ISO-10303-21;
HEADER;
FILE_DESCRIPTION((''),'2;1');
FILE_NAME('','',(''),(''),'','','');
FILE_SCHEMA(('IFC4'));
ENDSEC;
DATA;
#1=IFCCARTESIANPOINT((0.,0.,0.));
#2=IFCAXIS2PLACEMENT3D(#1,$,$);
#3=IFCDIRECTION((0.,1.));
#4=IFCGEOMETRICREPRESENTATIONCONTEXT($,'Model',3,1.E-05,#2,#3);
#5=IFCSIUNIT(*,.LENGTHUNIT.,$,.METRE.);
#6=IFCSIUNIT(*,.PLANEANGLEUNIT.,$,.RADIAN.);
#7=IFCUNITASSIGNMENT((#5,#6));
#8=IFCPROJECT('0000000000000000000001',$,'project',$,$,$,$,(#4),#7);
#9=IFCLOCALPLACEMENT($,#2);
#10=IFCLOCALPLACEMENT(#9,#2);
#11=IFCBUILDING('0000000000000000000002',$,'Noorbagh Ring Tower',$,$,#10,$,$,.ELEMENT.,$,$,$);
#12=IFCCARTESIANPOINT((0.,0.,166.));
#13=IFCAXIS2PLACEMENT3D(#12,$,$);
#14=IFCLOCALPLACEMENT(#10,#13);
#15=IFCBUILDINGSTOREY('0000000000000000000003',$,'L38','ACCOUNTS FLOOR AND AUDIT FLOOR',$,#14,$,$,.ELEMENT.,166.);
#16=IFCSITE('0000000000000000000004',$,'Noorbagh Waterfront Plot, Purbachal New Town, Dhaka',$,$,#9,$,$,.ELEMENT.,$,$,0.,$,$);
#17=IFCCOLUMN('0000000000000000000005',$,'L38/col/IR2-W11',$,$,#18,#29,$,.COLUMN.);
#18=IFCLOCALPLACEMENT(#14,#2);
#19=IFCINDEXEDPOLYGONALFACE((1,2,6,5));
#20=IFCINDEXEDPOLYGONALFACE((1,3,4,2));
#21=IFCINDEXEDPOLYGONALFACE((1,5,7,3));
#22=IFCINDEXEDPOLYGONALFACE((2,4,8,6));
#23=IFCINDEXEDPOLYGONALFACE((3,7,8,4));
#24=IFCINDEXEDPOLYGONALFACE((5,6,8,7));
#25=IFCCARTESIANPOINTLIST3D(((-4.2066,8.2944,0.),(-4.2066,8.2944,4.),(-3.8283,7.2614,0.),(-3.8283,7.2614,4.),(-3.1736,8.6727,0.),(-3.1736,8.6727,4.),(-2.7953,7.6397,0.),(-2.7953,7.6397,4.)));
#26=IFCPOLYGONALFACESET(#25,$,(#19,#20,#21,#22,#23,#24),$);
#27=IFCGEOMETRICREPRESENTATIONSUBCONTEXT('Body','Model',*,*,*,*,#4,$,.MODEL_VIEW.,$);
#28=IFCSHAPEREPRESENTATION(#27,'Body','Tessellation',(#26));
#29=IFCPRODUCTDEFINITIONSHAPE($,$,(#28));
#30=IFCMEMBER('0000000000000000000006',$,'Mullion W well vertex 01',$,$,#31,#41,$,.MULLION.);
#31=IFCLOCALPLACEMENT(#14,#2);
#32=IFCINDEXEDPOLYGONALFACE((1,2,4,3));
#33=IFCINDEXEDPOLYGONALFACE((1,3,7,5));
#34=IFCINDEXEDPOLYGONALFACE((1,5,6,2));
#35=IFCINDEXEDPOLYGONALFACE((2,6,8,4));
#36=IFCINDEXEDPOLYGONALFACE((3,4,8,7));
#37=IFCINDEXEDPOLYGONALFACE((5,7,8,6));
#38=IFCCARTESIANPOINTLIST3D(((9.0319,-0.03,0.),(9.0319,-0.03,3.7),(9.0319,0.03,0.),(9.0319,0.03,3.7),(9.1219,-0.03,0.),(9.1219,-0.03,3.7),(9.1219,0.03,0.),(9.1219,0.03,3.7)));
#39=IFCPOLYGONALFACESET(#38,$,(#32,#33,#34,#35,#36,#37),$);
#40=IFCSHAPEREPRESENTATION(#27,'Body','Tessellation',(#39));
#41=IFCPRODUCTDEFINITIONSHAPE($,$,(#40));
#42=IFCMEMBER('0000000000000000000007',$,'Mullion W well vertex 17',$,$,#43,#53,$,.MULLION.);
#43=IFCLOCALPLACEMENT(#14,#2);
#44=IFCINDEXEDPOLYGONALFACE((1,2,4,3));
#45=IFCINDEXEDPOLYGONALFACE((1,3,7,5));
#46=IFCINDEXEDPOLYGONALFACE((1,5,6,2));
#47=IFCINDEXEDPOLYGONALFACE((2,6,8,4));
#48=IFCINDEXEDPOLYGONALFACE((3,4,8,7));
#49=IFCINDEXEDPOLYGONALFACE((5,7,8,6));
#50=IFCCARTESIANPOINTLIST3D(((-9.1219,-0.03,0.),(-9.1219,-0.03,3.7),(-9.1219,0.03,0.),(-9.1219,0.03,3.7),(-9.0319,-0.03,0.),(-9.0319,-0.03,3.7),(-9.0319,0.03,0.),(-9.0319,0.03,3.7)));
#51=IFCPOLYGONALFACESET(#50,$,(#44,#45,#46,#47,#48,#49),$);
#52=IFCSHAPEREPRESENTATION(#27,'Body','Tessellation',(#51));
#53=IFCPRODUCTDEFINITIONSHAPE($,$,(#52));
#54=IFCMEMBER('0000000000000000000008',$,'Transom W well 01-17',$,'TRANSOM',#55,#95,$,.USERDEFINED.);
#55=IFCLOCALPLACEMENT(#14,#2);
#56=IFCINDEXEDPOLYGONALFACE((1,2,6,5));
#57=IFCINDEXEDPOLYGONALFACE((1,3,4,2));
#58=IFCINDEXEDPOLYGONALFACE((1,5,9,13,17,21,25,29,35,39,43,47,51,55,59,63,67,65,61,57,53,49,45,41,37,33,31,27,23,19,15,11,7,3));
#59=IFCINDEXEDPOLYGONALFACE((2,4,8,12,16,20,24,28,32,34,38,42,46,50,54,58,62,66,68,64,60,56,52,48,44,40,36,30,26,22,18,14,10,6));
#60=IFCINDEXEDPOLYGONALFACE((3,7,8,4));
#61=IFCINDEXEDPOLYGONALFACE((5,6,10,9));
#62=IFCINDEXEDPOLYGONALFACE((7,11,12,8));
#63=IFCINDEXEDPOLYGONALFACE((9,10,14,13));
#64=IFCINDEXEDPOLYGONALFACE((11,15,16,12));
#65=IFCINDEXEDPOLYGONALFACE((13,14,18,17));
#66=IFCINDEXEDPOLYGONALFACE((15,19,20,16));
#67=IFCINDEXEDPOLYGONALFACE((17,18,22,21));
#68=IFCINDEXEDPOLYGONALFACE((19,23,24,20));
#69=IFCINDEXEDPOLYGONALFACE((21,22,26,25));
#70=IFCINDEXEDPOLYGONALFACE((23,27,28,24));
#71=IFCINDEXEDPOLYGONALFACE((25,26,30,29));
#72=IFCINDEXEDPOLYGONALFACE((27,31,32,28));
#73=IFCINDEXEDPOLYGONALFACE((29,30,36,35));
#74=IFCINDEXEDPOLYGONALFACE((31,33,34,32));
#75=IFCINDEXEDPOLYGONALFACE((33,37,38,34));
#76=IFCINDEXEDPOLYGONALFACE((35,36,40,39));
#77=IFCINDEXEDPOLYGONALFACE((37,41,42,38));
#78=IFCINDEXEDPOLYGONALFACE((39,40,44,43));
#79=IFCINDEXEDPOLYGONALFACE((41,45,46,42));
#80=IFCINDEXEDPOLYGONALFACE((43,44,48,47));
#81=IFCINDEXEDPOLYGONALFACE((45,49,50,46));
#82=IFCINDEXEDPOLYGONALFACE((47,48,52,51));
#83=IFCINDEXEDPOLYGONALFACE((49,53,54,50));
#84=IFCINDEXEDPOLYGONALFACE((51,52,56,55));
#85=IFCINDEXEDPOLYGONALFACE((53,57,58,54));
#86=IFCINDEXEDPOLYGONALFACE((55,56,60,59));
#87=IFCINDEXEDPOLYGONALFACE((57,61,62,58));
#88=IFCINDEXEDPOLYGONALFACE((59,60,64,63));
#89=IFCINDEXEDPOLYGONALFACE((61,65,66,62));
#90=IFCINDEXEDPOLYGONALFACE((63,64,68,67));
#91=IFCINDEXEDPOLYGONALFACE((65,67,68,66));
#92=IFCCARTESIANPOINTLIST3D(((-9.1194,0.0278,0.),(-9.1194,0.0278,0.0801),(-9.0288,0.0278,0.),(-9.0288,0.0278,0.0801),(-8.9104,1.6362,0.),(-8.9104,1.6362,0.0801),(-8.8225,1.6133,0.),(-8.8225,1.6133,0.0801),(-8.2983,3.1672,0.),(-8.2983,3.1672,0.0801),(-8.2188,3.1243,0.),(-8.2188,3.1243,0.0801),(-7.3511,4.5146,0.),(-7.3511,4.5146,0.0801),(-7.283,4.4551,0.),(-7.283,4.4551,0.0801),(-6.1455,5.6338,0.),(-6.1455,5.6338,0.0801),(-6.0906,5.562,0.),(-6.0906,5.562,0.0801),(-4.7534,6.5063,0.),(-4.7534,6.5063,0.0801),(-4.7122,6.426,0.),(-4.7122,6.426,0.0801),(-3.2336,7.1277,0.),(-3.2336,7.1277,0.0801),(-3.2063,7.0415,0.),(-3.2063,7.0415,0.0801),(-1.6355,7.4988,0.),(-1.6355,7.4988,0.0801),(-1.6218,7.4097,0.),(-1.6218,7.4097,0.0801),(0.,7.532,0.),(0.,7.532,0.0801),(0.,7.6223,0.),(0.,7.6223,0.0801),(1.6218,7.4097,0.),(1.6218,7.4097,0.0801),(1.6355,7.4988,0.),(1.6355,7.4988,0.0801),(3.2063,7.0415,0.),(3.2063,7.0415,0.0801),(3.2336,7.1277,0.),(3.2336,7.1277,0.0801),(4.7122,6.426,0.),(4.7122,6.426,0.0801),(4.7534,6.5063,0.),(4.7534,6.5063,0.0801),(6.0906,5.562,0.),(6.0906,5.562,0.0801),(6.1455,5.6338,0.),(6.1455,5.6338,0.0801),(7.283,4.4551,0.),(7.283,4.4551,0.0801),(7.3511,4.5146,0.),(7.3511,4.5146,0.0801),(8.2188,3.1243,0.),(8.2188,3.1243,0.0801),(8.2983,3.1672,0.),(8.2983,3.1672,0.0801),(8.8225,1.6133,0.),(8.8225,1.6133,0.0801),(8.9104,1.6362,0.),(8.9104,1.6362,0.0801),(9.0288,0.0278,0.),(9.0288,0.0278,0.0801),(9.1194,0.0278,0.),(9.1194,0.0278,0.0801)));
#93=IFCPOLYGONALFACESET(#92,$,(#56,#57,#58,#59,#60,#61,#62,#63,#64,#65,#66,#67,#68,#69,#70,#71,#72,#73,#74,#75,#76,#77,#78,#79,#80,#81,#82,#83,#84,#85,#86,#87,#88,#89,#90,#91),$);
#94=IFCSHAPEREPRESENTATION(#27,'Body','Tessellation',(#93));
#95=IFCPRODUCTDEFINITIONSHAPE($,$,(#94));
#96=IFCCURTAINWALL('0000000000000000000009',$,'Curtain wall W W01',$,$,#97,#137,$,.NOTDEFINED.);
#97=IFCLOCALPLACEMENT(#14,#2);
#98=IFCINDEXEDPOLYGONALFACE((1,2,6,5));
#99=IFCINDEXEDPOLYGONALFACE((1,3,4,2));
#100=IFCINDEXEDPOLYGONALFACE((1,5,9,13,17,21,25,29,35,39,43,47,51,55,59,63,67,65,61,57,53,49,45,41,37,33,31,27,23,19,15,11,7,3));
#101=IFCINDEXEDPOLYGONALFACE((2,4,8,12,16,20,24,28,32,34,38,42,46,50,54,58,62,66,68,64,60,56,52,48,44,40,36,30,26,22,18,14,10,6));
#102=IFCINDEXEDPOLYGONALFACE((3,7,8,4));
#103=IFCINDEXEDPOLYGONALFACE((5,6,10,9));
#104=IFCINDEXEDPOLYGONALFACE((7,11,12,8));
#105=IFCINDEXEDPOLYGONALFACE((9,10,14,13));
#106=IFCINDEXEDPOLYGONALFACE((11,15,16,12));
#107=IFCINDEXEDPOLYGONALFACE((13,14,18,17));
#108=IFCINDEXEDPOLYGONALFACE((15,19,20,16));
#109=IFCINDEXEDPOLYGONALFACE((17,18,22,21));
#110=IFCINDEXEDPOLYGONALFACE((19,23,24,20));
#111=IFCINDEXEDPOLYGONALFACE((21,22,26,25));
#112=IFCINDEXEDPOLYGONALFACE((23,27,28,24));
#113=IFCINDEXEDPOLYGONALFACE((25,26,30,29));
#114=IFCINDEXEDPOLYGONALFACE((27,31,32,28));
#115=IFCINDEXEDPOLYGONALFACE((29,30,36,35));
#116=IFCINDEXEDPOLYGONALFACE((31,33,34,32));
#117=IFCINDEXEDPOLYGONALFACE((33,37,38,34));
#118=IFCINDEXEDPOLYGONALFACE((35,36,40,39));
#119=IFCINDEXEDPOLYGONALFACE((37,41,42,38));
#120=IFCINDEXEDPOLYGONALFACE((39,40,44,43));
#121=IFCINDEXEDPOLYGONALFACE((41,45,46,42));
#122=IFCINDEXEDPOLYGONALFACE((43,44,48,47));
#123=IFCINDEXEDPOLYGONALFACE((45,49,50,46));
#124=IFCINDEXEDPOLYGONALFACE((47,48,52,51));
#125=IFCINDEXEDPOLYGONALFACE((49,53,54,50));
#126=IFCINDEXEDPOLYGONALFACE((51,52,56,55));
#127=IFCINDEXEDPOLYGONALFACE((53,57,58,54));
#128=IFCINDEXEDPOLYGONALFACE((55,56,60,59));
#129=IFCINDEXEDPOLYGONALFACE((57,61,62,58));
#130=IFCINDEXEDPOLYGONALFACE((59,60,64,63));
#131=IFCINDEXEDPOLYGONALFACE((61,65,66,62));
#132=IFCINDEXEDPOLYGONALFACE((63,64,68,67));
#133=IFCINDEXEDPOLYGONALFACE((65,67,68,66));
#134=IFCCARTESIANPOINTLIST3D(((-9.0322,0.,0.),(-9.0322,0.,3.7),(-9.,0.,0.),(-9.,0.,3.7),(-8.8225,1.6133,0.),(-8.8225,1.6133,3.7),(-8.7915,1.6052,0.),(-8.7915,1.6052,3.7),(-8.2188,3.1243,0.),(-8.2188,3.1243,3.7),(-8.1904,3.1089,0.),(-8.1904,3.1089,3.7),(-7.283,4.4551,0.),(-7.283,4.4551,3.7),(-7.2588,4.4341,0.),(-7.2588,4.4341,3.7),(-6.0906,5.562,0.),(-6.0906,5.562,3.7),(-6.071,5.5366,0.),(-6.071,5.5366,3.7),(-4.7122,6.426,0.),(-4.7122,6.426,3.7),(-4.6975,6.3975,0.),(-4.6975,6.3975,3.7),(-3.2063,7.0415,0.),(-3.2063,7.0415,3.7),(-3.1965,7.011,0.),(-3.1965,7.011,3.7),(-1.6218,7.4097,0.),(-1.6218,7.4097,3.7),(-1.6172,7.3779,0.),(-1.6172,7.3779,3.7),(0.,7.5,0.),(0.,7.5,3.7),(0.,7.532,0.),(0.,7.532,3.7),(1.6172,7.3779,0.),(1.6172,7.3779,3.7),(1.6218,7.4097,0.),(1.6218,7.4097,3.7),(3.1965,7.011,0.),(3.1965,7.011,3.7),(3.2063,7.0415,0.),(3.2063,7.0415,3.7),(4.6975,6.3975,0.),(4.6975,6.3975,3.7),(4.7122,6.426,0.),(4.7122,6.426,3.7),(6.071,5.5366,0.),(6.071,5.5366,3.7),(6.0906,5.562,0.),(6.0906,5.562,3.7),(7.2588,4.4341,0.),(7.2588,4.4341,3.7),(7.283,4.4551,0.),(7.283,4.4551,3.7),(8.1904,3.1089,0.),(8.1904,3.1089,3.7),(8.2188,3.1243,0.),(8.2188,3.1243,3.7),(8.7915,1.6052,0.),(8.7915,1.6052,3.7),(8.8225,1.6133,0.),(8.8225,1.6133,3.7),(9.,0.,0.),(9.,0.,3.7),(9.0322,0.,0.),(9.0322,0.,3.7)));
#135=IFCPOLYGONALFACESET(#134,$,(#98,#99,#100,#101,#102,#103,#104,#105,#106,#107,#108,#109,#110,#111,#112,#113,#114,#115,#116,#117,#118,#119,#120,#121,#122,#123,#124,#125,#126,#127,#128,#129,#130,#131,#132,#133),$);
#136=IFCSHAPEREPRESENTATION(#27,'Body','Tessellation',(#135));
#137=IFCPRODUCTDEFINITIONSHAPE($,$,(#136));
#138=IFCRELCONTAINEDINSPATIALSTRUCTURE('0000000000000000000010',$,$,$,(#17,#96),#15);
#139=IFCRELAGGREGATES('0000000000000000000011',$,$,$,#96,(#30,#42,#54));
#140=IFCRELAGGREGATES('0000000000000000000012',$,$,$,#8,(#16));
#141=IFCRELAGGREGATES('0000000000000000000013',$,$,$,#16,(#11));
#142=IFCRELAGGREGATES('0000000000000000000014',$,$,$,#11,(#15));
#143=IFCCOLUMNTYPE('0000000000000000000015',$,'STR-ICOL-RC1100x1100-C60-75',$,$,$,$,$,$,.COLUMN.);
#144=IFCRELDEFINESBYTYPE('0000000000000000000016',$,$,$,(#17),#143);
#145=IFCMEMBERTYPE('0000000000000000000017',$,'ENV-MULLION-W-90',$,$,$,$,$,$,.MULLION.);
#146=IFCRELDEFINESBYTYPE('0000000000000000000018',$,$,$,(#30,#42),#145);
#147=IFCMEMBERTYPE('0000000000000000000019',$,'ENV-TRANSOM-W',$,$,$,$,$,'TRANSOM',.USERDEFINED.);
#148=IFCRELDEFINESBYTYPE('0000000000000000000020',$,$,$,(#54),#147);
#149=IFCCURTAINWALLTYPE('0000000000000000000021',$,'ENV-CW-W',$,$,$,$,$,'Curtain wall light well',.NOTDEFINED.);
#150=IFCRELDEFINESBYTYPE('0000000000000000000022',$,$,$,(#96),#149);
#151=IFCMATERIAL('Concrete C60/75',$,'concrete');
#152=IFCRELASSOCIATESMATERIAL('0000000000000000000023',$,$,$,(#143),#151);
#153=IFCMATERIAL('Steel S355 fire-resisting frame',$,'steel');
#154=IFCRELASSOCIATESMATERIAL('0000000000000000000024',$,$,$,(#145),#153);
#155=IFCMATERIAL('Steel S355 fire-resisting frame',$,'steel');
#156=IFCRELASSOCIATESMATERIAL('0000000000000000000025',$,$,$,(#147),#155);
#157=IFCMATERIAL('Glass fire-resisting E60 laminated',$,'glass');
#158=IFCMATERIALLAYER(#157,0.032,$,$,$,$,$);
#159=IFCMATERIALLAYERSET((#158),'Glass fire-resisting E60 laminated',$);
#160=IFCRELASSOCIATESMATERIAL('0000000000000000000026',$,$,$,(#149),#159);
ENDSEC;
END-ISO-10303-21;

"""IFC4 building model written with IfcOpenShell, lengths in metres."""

from ifc_helpers import new_model, si_unit, direction, frame, origin, origin_2d, place, context, subcontext, project, spatial, polyline, rectangle, outline, extrude, material, layer, layer_set, material_profile, profile_set, type_object, element, aggregate, save


model = new_model("IFC4")

# Units and contexts
model_context = context("Model", 3, precision=1e-05, world=origin(), true_north=direction((0.0, 1.0)))
body_context = subcontext(model_context, "Body", "Model", "MODEL_VIEW")
ifc_project = project(units=[si_unit("LENGTHUNIT", "METRE"), si_unit("PLANEANGLEUNIT", "RADIAN")], contexts=[model_context])

# Site, building, storey
site_placement = place(None, origin())
site = spatial("IfcSite", under=ifc_project, at=site_placement, Name="Noorbagh Waterfront Plot, Purbachal New Town, Dhaka", CompositionType="ELEMENT", RefElevation=0.0)
building_placement = place(site_placement, origin())
building = spatial("IfcBuilding", under=site, at=building_placement, Name="Noorbagh Ring Tower", CompositionType="ELEMENT")
storey_placement = place(building_placement, frame((0.0, 0.0, 166.0)))
storey = spatial("IfcBuildingStorey", under=building, at=storey_placement, Name="L38", Description="ACCOUNTS FLOOR AND AUDIT FLOOR", CompositionType="ELEMENT", Elevation=166.0)

# Column
ifc_material_1 = material(Name="Concrete C60/75", Category="concrete")
ifc_material_profile_1 = material_profile(ifc_material_1, rectangle(XDim=1.1001, YDim=1.1001, at=origin_2d()), Name="RC1100x1100")
ifc_profile_set_1 = profile_set([ifc_material_profile_1], Name="Concrete C60/75")
column_type = type_object("IfcColumnType", Name="STR-ICOL-RC1100x1100-C60-75", PredefinedType="COLUMN", material=ifc_profile_set_1)
column_placement = place(storey_placement, frame((-3.501, 7.967, 0.0), z_axis=(0.0, 0.0, 1.0), x_axis=(-0.93902, -0.343864, 0.0)))
element("IfcColumn", 1, at=column_placement, inside=storey, type_object=column_type, Name="L38/col/IR2-W11", PredefinedType="COLUMN", context=body_context, shape_type="SweptSolid", body=[
    extrude(rectangle(XDim=1.1001, YDim=1.1001, at=origin_2d()), origin(), (0.0, 0.0, 1.0), 4.0),
])

# Members
ifc_material_2 = material(Name="Steel S355 fire-resisting frame", Category="steel")
ifc_material_profile_2 = material_profile(ifc_material_2, rectangle(XDim=0.0901, YDim=0.0601, at=origin_2d()), Name="90x60")
ifc_profile_set_2 = profile_set([ifc_material_profile_2], Name="Steel S355 fire-resisting frame")
member_type_1 = type_object("IfcMemberType", Name="ENV-MULLION-W-90", PredefinedType="MULLION", material=ifc_profile_set_2)
member_1_placement = place(storey_placement, frame((9.0769, 0.0, 0.0), z_axis=(0.0, 0.0, 1.0), x_axis=(1.0, 0.0, 0.0)))
member_1 = element("IfcMember", 2, at=member_1_placement, type_object=member_type_1, Name="Mullion W well vertex 01", PredefinedType="MULLION", context=body_context, shape_type="SweptSolid", body=[
    extrude(rectangle(XDim=0.0901, YDim=0.0601, at=origin_2d()), origin(), (0.0, 0.0, 1.0), 3.7),
])
member_2_placement = place(storey_placement, frame((-9.0769, 0.0, 0.0), z_axis=(0.0, 0.0, 1.0), x_axis=(-1.0, 0.0, 0.0)))
member_2 = element("IfcMember", 3, at=member_2_placement, type_object=member_type_1, Name="Mullion W well vertex 17", PredefinedType="MULLION", context=body_context, shape_type="SweptSolid", body=[
    extrude(rectangle(XDim=0.0901, YDim=0.0601, at=origin_2d()), origin(), (0.0, 0.0, 1.0), 3.7),
])
ifc_material_3 = material(Name="Steel S355 fire-resisting frame", Category="steel")
member_type_2 = type_object("IfcMemberType", Name="ENV-TRANSOM-W", ElementType="TRANSOM", PredefinedType="USERDEFINED", material=ifc_material_3)
member_3_placement = place(storey_placement, origin())
member_3 = element("IfcMember", 4, at=member_3_placement, type_object=member_type_2, Name="Transom W well 01-17", ObjectType="TRANSOM", PredefinedType="USERDEFINED", context=body_context, shape_type="SweptSolid", body=[
    extrude(outline(polyline([(9.1194, 0.0278), (8.9104, 1.6362), (8.2983, 3.1672), (7.3511, 4.5146), (6.1455, 5.6338), (4.7534, 6.5063), (3.2336, 7.1277), (1.6355, 7.4988), (0.0, 7.6223), (-1.6355, 7.4988), (-3.2336, 7.1277), (-4.7534, 6.5063), (-6.1455, 5.6338), (-7.3511, 4.5146), (-8.2983, 3.1672), (-8.9104, 1.6362), (-9.1194, 0.0278), (-9.0288, 0.0278), (-8.8225, 1.6133), (-8.2188, 3.1243), (-7.283, 4.4551), (-6.0906, 5.562), (-4.7122, 6.426), (-3.2063, 7.0415), (-1.6218, 7.4097), (0.0, 7.532), (1.6218, 7.4097), (3.2063, 7.0415), (4.7122, 6.426), (6.0906, 5.562), (7.283, 4.4551), (8.2188, 3.1243), (8.8225, 1.6133), (9.0288, 0.0278), (9.1194, 0.0278)])), origin(), (0.0, 0.0, 1.0), 0.0801),
])

# Curtain wall
ifc_material_4 = material(Name="Glass fire-resisting E60 laminated", Category="glass")
ifc_layer_1 = layer(ifc_material_4, 0.032)
ifc_layer_set_1 = layer_set([ifc_layer_1], Name="Glass fire-resisting E60 laminated")
curtain_wall_type_1 = type_object("IfcCurtainWallType", Name="ENV-CW-W", ElementType="Curtain wall light well", PredefinedType="NOTDEFINED", material=ifc_layer_set_1)
curtain_wall_1_placement = place(storey_placement, origin())
curtain_wall_1 = element("IfcCurtainWall", 5, at=curtain_wall_1_placement, inside=storey, type_object=curtain_wall_type_1, Name="Curtain wall W W01", PredefinedType="NOTDEFINED", context=body_context, shape_type="SweptSolid", body=[
    extrude(outline(polyline([(9.0322, 0.0), (8.8225, 1.6133), (8.2188, 3.1243), (7.283, 4.4551), (6.0906, 5.562), (4.7122, 6.426), (3.2063, 7.0415), (1.6218, 7.4097), (0.0, 7.532), (-1.6218, 7.4097), (-3.2063, 7.0415), (-4.7122, 6.426), (-6.0906, 5.562), (-7.283, 4.4551), (-8.2188, 3.1243), (-8.8225, 1.6133), (-9.0322, 0.0), (-9.0, 0.0), (-8.7915, 1.6052), (-8.1904, 3.1089), (-7.2588, 4.4341), (-6.071, 5.5366), (-4.6975, 6.3975), (-3.1965, 7.011), (-1.6172, 7.3779), (0.0, 7.5), (1.6172, 7.3779), (3.1965, 7.011), (4.6975, 6.3975), (6.071, 5.5366), (7.2588, 4.4341), (8.1904, 3.1089), (8.7915, 1.6052), (9.0, 0.0), (9.0322, 0.0)])), origin(), (0.0, 0.0, 1.0), 3.7),
])
aggregate(curtain_wall_1, [member_1, member_2, member_3])

save(model, "model.ifc")
